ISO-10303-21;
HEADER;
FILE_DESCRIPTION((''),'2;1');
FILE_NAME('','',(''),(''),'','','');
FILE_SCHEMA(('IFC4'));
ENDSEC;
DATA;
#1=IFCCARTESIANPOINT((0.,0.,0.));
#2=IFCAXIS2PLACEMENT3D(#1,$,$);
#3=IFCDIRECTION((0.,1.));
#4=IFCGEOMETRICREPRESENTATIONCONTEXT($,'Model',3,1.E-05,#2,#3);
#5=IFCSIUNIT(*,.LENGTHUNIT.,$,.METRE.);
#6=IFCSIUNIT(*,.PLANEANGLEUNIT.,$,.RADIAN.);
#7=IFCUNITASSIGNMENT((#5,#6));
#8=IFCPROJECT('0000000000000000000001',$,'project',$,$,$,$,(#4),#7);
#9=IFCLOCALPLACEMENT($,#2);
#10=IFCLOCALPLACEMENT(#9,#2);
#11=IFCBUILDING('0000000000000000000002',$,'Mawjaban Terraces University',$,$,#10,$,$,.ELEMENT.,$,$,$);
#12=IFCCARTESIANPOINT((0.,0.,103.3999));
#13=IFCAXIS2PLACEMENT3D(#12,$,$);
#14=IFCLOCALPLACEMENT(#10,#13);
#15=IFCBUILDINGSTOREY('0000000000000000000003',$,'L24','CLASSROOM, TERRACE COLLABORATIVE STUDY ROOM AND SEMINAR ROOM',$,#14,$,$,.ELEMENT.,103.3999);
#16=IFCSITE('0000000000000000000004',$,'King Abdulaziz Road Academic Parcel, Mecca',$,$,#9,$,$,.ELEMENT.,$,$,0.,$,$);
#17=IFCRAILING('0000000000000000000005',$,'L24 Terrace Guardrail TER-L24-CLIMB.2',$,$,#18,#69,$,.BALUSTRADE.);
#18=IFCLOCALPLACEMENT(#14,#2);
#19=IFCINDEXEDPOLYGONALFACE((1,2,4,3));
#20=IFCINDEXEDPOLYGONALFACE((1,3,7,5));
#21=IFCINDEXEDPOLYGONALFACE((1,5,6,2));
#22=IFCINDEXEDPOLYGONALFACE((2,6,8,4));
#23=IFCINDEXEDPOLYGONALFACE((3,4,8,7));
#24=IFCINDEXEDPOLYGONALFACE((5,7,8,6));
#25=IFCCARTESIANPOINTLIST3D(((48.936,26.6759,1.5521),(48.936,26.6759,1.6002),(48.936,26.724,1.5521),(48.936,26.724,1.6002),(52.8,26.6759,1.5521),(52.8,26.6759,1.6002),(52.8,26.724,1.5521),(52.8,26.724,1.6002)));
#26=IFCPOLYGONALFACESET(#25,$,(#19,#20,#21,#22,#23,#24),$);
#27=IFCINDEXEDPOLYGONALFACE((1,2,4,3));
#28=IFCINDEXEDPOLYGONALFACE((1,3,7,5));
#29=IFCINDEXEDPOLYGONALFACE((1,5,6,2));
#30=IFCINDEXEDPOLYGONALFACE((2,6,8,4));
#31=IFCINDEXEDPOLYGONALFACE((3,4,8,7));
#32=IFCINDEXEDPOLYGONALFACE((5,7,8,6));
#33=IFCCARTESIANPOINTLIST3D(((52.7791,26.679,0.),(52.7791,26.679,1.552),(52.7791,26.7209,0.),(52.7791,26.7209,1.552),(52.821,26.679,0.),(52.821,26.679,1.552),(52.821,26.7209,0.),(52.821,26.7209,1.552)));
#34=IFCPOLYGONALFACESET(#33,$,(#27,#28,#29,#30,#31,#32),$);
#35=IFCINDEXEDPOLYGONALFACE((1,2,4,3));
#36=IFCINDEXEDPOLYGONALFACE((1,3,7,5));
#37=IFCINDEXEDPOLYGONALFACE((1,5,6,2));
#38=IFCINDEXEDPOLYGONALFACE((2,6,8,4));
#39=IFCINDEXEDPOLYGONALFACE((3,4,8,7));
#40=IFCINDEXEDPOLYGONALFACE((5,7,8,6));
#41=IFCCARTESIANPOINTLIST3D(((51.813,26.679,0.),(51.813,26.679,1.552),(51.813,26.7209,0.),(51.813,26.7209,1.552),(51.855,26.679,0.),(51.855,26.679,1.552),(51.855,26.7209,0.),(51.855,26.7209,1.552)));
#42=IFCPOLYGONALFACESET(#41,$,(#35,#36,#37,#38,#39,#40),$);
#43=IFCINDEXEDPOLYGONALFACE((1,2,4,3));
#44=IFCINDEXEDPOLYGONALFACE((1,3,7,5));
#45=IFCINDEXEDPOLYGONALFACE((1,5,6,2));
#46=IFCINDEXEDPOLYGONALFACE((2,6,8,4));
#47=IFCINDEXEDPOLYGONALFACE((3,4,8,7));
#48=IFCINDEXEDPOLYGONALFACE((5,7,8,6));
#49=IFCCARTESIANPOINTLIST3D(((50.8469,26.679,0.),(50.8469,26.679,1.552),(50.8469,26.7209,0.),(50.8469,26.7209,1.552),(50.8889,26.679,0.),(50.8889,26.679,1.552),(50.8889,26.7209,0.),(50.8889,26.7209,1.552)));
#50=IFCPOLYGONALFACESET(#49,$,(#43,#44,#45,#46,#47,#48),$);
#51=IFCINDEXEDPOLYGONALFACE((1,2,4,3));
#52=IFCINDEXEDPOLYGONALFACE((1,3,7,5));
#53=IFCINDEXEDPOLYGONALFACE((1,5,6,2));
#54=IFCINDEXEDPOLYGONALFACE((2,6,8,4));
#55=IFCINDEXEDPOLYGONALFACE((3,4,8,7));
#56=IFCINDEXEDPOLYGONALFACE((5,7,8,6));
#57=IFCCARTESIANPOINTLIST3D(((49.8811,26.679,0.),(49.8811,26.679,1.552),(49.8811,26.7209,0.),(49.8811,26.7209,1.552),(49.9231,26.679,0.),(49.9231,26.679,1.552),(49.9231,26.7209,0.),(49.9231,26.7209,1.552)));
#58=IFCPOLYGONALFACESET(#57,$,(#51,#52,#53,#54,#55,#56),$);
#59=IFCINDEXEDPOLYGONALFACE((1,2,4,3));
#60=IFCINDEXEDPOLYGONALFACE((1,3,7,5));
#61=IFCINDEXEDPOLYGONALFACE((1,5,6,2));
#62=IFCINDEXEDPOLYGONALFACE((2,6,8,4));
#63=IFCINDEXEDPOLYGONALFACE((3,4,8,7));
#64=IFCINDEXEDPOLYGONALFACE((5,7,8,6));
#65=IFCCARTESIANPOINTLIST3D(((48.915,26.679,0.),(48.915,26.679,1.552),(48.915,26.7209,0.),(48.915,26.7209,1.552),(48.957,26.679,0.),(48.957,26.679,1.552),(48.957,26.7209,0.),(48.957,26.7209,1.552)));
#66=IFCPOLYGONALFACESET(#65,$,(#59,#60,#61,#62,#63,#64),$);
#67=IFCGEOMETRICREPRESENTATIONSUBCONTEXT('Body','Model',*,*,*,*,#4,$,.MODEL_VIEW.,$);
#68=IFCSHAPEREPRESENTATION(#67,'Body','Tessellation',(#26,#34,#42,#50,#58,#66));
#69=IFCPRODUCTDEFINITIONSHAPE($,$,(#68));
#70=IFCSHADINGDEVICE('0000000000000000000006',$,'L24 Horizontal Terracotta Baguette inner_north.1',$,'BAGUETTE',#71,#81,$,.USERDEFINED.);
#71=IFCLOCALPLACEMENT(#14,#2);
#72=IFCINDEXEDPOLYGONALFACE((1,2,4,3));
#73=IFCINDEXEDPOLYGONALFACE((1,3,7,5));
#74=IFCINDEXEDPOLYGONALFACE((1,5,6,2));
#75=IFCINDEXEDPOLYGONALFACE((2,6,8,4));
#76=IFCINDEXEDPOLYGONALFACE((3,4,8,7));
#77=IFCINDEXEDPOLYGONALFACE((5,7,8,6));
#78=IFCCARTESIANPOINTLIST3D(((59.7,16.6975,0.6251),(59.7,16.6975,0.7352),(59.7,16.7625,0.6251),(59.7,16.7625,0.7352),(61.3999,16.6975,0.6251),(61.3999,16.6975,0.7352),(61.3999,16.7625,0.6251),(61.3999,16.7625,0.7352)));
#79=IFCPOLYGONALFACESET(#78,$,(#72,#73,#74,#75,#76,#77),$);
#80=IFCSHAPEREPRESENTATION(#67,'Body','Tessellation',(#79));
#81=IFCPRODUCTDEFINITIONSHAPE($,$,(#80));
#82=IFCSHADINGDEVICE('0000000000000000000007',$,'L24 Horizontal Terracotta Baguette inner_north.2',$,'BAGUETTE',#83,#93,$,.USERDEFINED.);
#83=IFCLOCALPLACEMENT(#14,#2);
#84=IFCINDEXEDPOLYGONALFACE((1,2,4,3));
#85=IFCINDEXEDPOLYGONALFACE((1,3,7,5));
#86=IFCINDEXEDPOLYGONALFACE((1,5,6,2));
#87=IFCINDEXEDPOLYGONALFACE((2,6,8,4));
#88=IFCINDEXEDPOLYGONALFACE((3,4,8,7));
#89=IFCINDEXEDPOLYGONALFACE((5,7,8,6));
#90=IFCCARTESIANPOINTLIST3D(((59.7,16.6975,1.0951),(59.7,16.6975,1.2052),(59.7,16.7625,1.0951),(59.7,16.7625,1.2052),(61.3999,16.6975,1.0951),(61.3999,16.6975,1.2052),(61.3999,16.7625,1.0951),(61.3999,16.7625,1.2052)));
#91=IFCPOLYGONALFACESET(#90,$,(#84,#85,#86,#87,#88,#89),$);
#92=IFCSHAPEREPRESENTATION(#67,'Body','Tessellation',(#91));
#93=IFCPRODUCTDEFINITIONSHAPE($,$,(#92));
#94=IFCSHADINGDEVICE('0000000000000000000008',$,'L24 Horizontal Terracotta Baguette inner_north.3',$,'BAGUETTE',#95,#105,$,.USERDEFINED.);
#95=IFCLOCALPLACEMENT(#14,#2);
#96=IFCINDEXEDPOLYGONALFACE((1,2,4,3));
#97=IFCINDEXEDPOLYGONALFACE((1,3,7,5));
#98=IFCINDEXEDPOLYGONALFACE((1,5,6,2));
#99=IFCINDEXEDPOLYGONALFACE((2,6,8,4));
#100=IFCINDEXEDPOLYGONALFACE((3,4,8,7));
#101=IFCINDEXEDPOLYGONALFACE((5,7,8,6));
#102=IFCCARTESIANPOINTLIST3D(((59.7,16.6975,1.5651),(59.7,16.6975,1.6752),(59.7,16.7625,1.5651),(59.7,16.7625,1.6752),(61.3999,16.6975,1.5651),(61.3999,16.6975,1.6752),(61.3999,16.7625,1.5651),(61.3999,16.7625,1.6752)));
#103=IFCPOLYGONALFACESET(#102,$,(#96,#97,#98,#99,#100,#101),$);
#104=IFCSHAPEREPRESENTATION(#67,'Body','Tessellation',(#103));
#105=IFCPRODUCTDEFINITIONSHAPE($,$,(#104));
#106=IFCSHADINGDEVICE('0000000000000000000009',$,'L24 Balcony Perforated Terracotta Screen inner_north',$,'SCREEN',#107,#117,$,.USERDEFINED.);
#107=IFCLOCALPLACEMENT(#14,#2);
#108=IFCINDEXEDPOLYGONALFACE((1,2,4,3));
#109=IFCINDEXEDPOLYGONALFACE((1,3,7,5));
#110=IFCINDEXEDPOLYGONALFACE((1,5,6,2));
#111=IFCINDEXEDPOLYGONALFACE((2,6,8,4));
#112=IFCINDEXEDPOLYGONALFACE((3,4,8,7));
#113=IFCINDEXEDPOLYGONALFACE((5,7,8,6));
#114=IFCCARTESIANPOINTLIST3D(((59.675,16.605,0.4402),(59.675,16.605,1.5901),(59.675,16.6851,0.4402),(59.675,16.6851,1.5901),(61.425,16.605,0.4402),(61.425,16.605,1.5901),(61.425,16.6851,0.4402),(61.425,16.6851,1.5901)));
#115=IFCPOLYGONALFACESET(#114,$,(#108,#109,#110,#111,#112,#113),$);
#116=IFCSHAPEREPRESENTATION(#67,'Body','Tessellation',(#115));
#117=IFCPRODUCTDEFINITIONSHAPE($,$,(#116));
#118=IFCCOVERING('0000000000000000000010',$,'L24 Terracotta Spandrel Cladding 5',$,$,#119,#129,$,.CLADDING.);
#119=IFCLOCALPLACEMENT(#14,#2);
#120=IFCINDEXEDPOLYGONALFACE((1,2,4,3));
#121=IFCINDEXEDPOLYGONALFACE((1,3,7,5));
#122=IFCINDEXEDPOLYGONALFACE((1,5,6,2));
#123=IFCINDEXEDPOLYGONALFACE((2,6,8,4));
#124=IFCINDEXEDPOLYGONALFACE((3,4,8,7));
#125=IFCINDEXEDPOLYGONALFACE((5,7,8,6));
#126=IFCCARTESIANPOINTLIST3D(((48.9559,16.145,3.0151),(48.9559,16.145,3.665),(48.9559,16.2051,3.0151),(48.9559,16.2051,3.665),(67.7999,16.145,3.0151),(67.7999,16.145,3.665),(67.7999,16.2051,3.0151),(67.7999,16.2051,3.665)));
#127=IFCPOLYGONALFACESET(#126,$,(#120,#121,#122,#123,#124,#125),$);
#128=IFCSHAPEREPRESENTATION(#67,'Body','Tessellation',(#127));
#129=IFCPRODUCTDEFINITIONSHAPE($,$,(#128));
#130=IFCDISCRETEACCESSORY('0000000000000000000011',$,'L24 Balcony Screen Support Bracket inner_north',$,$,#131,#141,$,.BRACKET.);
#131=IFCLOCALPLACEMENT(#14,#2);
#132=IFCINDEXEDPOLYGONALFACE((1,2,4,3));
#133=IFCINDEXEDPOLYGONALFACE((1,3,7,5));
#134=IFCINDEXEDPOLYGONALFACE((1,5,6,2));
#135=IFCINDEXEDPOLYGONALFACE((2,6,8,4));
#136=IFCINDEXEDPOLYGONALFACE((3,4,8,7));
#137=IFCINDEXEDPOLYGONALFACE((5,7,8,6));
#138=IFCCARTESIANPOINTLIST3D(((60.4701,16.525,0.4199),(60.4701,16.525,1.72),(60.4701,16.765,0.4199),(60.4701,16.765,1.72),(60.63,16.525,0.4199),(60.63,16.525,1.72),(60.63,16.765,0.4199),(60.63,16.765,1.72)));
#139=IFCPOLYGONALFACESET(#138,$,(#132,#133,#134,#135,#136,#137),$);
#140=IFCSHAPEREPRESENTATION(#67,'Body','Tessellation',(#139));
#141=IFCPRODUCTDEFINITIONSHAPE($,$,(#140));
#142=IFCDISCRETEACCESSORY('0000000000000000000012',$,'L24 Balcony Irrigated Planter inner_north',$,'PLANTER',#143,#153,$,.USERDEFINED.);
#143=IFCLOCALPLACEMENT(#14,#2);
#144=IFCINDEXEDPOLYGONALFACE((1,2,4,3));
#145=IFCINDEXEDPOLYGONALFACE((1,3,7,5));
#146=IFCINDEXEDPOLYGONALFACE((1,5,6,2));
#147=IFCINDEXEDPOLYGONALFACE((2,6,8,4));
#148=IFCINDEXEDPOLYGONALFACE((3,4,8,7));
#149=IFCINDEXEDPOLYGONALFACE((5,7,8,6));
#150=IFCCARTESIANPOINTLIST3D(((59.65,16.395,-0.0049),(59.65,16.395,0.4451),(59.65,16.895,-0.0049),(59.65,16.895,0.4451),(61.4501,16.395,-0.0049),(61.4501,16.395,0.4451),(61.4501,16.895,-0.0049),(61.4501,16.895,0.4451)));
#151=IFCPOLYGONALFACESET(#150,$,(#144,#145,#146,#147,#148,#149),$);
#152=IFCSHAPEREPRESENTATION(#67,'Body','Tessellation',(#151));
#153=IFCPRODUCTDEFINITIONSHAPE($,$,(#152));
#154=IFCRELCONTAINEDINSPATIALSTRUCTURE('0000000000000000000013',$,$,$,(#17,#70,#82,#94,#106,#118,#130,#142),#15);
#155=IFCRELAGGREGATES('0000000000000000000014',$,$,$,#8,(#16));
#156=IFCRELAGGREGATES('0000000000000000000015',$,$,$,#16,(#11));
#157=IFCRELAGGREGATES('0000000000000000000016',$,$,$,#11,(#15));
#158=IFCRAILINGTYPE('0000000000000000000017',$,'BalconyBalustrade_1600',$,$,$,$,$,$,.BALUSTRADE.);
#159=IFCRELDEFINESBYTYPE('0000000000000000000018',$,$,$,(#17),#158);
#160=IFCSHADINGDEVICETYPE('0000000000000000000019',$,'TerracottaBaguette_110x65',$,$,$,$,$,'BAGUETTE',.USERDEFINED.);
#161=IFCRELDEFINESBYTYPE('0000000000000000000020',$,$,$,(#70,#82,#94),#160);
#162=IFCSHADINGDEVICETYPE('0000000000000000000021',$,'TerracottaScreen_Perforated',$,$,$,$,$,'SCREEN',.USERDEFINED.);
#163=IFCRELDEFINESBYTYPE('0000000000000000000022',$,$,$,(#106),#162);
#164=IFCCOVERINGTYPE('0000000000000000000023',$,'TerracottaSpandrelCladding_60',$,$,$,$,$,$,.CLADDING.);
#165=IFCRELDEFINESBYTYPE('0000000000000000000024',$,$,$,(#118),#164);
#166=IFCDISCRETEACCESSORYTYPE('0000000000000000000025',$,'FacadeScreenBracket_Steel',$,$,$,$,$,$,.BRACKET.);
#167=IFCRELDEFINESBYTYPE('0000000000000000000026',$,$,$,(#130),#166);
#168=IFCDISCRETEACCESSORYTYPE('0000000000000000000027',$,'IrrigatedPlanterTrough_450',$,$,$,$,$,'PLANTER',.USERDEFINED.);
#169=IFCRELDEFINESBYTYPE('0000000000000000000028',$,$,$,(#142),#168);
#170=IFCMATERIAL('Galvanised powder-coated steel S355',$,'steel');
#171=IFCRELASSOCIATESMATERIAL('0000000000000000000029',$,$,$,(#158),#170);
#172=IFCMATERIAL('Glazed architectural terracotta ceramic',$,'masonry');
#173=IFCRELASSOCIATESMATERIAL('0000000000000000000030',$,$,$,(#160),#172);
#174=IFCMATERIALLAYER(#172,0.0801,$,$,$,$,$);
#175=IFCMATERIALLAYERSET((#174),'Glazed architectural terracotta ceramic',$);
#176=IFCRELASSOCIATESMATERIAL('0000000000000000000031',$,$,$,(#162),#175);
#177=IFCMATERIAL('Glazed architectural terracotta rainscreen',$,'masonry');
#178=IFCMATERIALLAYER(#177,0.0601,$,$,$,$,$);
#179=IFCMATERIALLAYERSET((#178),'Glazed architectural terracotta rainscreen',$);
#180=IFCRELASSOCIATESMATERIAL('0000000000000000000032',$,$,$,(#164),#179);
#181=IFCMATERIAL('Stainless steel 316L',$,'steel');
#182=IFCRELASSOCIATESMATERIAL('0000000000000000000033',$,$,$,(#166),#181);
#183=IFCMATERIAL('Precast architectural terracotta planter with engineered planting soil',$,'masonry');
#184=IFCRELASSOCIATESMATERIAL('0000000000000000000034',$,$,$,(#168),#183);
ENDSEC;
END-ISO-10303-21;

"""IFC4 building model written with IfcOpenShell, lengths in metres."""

from ifc_helpers import new_model, si_unit, direction, frame, origin, origin_2d, place, context, subcontext, project, spatial, rectangle, extrude, material, layer, layer_set, material_profile, profile_set, type_object, element, save


model = new_model("IFC4")

# Units and contexts
model_context = context("Model", 3, precision=1e-05, world=origin(), true_north=direction((0.0, 1.0)))
body_context = subcontext(model_context, "Body", "Model", "MODEL_VIEW")
ifc_project = project(units=[si_unit("LENGTHUNIT", "METRE"), si_unit("PLANEANGLEUNIT", "RADIAN")], contexts=[model_context])

# Site, building, storey
site_placement = place(None, origin())
site = spatial("IfcSite", under=ifc_project, at=site_placement, Name="King Abdulaziz Road Academic Parcel, Mecca", CompositionType="ELEMENT", RefElevation=0.0)
building_placement = place(site_placement, origin())
building = spatial("IfcBuilding", under=site, at=building_placement, Name="Mawjaban Terraces University", CompositionType="ELEMENT")
storey_placement = place(building_placement, frame((0.0, 0.0, 103.3999)))
storey = spatial("IfcBuildingStorey", under=building, at=storey_placement, Name="L24", Description="CLASSROOM, TERRACE COLLABORATIVE STUDY ROOM AND SEMINAR ROOM", CompositionType="ELEMENT", Elevation=103.3999)

# Railing
ifc_material_1 = material(Name="Galvanised powder-coated steel S355", Category="steel")
railing_type = type_object("IfcRailingType", Name="BalconyBalustrade_1600", PredefinedType="BALUSTRADE", material=ifc_material_1)
railing_1_placement = place(storey_placement, frame((52.8, 26.7, 0.0)))
element("IfcRailing", 1, at=railing_1_placement, inside=storey, type_object=railing_type, Name="L24 Terrace Guardrail TER-L24-CLIMB.2", PredefinedType="BALUSTRADE", context=body_context, shape_type="SweptSolid", body=[
    extrude(rectangle(XDim=0.0481, YDim=0.0481, at=origin_2d()), frame((0.0, 0.0, 1.5762), z_axis=(-1.0, 0.0, 0.0), x_axis=(0.0, -1.0, 0.0)), (0.0, 0.0, 1.0), 3.864),
    extrude(rectangle(XDim=0.042, YDim=0.042, at=origin_2d()), origin(), (0.0, 0.0, 1.0), 1.552),
    extrude(rectangle(XDim=0.042, YDim=0.042, at=origin_2d()), frame((-0.9661, 0.0, 0.0)), (0.0, 0.0, 1.0), 1.552),
    extrude(rectangle(XDim=0.042, YDim=0.042, at=origin_2d()), frame((-1.9321, 0.0, 0.0)), (0.0, 0.0, 1.0), 1.552),
    extrude(rectangle(XDim=0.042, YDim=0.042, at=origin_2d()), frame((-2.8979, 0.0, 0.0)), (0.0, 0.0, 1.0), 1.552),
    extrude(rectangle(XDim=0.042, YDim=0.042, at=origin_2d()), frame((-3.864, 0.0, 0.0)), (0.0, 0.0, 1.0), 1.552),
])

# Shading devices
ifc_material_2 = material(Name="Glazed architectural terracotta ceramic", Category="masonry")
ifc_material_profile_1 = material_profile(ifc_material_2, rectangle(XDim=0.0649, YDim=0.1101, at=origin_2d()), Name="TBAG110X65")
ifc_profile_set_1 = profile_set([ifc_material_profile_1], Name="Glazed architectural terracotta ceramic")
shading_device_type_1 = type_object("IfcShadingDeviceType", Name="TerracottaBaguette_110x65", ElementType="BAGUETTE", PredefinedType="USERDEFINED", material=ifc_profile_set_1)
for number, where, z_axis, x_axis, name in (
    (2, (59.7, 16.73, 0.6802), (1.0, 0.0, 0.0), (0.0, 1.0, 0.0), "L24 Horizontal Terracotta Baguette inner_north.1"),
    (3, (59.7, 16.73, 1.1501), (1.0, 0.0, 0.0), (0.0, 1.0, 0.0), "L24 Horizontal Terracotta Baguette inner_north.2"),
    (4, (59.7, 16.73, 1.6201), (1.0, 0.0, 0.0), (0.0, 1.0, 0.0), "L24 Horizontal Terracotta Baguette inner_north.3"),
):
    element("IfcShadingDevice", number, at=place(storey_placement, frame(where, z_axis=z_axis, x_axis=x_axis)), inside=storey, type_object=shading_device_type_1, Name=name, ObjectType="BAGUETTE", PredefinedType="USERDEFINED", context=body_context, shape_type="SweptSolid", body=[
        extrude(rectangle(XDim=0.0649, YDim=0.1101, at=origin_2d()), origin(), (0.0, 0.0, 1.0), 1.7),
    ])
ifc_layer_1 = layer(ifc_material_2, 0.0801)
ifc_layer_set_1 = layer_set([ifc_layer_1], Name="Glazed architectural terracotta ceramic")
shading_device_type_2 = type_object("IfcShadingDeviceType", Name="TerracottaScreen_Perforated", ElementType="SCREEN", PredefinedType="USERDEFINED", material=ifc_layer_set_1)
shading_device_placement = place(storey_placement, frame((60.55, 16.645, 0.4402), z_axis=(0.0, 0.0, 1.0), x_axis=(1.0, 0.0, 0.0)))
element("IfcShadingDevice", 5, at=shading_device_placement, inside=storey, type_object=shading_device_type_2, Name="L24 Balcony Perforated Terracotta Screen inner_north", ObjectType="SCREEN", PredefinedType="USERDEFINED", context=body_context, shape_type="SweptSolid", body=[
    extrude(rectangle(XDim=1.75, YDim=0.0801, at=origin_2d()), origin(), (0.0, 0.0, 1.0), 1.1499),
])

# Covering
ifc_material_3 = material(Name="Glazed architectural terracotta rainscreen", Category="masonry")
ifc_layer_2 = layer(ifc_material_3, 0.0601)
ifc_layer_set_2 = layer_set([ifc_layer_2], Name="Glazed architectural terracotta rainscreen")
covering_type = type_object("IfcCoveringType", Name="TerracottaSpandrelCladding_60", PredefinedType="CLADDING", material=ifc_layer_set_2)
covering_placement = place(storey_placement, frame((58.3779, 16.175, 3.0151), z_axis=(0.0, 0.0, 1.0), x_axis=(-1.0, 0.0, 0.0)))
element("IfcCovering", 6, at=covering_placement, inside=storey, type_object=covering_type, Name="L24 Terracotta Spandrel Cladding 5", PredefinedType="CLADDING", context=body_context, shape_type="SweptSolid", body=[
    extrude(rectangle(XDim=18.844, YDim=0.0601, at=origin_2d()), origin(), (0.0, 0.0, 1.0), 0.6499),
])

# Discrete accessories
ifc_material_4 = material(Name="Stainless steel 316L", Category="steel")
discrete_accessory_type_1 = type_object("IfcDiscreteAccessoryType", Name="FacadeScreenBracket_Steel", PredefinedType="BRACKET", material=ifc_material_4)
discrete_accessory_1_placement = place(storey_placement, frame((60.55, 16.645, 0.4199), z_axis=(0.0, 0.0, 1.0), x_axis=(1.0, 0.0, 0.0)))
element("IfcDiscreteAccessory", 7, at=discrete_accessory_1_placement, inside=storey, type_object=discrete_accessory_type_1, Name="L24 Balcony Screen Support Bracket inner_north", PredefinedType="BRACKET", context=body_context, shape_type="SweptSolid", body=[
    extrude(rectangle(XDim=0.1599, YDim=0.24, at=origin_2d()), origin(), (0.0, 0.0, 1.0), 1.3),
])
ifc_material_5 = material(Name="Precast architectural terracotta planter with engineered planting soil", Category="masonry")
discrete_accessory_type_2 = type_object("IfcDiscreteAccessoryType", Name="IrrigatedPlanterTrough_450", ElementType="PLANTER", PredefinedType="USERDEFINED", material=ifc_material_5)
discrete_accessory_2_placement = place(storey_placement, frame((60.55, 16.645, -0.0049), z_axis=(0.0, 0.0, 1.0), x_axis=(1.0, 0.0, 0.0)))
element("IfcDiscreteAccessory", 8, at=discrete_accessory_2_placement, inside=storey, type_object=discrete_accessory_type_2, Name="L24 Balcony Irrigated Planter inner_north", ObjectType="PLANTER", PredefinedType="USERDEFINED", context=body_context, shape_type="SweptSolid", body=[
    extrude(rectangle(XDim=1.8, YDim=0.5, at=origin_2d()), origin(), (0.0, 0.0, 1.0), 0.45),
])

save(model, "model.ifc")
